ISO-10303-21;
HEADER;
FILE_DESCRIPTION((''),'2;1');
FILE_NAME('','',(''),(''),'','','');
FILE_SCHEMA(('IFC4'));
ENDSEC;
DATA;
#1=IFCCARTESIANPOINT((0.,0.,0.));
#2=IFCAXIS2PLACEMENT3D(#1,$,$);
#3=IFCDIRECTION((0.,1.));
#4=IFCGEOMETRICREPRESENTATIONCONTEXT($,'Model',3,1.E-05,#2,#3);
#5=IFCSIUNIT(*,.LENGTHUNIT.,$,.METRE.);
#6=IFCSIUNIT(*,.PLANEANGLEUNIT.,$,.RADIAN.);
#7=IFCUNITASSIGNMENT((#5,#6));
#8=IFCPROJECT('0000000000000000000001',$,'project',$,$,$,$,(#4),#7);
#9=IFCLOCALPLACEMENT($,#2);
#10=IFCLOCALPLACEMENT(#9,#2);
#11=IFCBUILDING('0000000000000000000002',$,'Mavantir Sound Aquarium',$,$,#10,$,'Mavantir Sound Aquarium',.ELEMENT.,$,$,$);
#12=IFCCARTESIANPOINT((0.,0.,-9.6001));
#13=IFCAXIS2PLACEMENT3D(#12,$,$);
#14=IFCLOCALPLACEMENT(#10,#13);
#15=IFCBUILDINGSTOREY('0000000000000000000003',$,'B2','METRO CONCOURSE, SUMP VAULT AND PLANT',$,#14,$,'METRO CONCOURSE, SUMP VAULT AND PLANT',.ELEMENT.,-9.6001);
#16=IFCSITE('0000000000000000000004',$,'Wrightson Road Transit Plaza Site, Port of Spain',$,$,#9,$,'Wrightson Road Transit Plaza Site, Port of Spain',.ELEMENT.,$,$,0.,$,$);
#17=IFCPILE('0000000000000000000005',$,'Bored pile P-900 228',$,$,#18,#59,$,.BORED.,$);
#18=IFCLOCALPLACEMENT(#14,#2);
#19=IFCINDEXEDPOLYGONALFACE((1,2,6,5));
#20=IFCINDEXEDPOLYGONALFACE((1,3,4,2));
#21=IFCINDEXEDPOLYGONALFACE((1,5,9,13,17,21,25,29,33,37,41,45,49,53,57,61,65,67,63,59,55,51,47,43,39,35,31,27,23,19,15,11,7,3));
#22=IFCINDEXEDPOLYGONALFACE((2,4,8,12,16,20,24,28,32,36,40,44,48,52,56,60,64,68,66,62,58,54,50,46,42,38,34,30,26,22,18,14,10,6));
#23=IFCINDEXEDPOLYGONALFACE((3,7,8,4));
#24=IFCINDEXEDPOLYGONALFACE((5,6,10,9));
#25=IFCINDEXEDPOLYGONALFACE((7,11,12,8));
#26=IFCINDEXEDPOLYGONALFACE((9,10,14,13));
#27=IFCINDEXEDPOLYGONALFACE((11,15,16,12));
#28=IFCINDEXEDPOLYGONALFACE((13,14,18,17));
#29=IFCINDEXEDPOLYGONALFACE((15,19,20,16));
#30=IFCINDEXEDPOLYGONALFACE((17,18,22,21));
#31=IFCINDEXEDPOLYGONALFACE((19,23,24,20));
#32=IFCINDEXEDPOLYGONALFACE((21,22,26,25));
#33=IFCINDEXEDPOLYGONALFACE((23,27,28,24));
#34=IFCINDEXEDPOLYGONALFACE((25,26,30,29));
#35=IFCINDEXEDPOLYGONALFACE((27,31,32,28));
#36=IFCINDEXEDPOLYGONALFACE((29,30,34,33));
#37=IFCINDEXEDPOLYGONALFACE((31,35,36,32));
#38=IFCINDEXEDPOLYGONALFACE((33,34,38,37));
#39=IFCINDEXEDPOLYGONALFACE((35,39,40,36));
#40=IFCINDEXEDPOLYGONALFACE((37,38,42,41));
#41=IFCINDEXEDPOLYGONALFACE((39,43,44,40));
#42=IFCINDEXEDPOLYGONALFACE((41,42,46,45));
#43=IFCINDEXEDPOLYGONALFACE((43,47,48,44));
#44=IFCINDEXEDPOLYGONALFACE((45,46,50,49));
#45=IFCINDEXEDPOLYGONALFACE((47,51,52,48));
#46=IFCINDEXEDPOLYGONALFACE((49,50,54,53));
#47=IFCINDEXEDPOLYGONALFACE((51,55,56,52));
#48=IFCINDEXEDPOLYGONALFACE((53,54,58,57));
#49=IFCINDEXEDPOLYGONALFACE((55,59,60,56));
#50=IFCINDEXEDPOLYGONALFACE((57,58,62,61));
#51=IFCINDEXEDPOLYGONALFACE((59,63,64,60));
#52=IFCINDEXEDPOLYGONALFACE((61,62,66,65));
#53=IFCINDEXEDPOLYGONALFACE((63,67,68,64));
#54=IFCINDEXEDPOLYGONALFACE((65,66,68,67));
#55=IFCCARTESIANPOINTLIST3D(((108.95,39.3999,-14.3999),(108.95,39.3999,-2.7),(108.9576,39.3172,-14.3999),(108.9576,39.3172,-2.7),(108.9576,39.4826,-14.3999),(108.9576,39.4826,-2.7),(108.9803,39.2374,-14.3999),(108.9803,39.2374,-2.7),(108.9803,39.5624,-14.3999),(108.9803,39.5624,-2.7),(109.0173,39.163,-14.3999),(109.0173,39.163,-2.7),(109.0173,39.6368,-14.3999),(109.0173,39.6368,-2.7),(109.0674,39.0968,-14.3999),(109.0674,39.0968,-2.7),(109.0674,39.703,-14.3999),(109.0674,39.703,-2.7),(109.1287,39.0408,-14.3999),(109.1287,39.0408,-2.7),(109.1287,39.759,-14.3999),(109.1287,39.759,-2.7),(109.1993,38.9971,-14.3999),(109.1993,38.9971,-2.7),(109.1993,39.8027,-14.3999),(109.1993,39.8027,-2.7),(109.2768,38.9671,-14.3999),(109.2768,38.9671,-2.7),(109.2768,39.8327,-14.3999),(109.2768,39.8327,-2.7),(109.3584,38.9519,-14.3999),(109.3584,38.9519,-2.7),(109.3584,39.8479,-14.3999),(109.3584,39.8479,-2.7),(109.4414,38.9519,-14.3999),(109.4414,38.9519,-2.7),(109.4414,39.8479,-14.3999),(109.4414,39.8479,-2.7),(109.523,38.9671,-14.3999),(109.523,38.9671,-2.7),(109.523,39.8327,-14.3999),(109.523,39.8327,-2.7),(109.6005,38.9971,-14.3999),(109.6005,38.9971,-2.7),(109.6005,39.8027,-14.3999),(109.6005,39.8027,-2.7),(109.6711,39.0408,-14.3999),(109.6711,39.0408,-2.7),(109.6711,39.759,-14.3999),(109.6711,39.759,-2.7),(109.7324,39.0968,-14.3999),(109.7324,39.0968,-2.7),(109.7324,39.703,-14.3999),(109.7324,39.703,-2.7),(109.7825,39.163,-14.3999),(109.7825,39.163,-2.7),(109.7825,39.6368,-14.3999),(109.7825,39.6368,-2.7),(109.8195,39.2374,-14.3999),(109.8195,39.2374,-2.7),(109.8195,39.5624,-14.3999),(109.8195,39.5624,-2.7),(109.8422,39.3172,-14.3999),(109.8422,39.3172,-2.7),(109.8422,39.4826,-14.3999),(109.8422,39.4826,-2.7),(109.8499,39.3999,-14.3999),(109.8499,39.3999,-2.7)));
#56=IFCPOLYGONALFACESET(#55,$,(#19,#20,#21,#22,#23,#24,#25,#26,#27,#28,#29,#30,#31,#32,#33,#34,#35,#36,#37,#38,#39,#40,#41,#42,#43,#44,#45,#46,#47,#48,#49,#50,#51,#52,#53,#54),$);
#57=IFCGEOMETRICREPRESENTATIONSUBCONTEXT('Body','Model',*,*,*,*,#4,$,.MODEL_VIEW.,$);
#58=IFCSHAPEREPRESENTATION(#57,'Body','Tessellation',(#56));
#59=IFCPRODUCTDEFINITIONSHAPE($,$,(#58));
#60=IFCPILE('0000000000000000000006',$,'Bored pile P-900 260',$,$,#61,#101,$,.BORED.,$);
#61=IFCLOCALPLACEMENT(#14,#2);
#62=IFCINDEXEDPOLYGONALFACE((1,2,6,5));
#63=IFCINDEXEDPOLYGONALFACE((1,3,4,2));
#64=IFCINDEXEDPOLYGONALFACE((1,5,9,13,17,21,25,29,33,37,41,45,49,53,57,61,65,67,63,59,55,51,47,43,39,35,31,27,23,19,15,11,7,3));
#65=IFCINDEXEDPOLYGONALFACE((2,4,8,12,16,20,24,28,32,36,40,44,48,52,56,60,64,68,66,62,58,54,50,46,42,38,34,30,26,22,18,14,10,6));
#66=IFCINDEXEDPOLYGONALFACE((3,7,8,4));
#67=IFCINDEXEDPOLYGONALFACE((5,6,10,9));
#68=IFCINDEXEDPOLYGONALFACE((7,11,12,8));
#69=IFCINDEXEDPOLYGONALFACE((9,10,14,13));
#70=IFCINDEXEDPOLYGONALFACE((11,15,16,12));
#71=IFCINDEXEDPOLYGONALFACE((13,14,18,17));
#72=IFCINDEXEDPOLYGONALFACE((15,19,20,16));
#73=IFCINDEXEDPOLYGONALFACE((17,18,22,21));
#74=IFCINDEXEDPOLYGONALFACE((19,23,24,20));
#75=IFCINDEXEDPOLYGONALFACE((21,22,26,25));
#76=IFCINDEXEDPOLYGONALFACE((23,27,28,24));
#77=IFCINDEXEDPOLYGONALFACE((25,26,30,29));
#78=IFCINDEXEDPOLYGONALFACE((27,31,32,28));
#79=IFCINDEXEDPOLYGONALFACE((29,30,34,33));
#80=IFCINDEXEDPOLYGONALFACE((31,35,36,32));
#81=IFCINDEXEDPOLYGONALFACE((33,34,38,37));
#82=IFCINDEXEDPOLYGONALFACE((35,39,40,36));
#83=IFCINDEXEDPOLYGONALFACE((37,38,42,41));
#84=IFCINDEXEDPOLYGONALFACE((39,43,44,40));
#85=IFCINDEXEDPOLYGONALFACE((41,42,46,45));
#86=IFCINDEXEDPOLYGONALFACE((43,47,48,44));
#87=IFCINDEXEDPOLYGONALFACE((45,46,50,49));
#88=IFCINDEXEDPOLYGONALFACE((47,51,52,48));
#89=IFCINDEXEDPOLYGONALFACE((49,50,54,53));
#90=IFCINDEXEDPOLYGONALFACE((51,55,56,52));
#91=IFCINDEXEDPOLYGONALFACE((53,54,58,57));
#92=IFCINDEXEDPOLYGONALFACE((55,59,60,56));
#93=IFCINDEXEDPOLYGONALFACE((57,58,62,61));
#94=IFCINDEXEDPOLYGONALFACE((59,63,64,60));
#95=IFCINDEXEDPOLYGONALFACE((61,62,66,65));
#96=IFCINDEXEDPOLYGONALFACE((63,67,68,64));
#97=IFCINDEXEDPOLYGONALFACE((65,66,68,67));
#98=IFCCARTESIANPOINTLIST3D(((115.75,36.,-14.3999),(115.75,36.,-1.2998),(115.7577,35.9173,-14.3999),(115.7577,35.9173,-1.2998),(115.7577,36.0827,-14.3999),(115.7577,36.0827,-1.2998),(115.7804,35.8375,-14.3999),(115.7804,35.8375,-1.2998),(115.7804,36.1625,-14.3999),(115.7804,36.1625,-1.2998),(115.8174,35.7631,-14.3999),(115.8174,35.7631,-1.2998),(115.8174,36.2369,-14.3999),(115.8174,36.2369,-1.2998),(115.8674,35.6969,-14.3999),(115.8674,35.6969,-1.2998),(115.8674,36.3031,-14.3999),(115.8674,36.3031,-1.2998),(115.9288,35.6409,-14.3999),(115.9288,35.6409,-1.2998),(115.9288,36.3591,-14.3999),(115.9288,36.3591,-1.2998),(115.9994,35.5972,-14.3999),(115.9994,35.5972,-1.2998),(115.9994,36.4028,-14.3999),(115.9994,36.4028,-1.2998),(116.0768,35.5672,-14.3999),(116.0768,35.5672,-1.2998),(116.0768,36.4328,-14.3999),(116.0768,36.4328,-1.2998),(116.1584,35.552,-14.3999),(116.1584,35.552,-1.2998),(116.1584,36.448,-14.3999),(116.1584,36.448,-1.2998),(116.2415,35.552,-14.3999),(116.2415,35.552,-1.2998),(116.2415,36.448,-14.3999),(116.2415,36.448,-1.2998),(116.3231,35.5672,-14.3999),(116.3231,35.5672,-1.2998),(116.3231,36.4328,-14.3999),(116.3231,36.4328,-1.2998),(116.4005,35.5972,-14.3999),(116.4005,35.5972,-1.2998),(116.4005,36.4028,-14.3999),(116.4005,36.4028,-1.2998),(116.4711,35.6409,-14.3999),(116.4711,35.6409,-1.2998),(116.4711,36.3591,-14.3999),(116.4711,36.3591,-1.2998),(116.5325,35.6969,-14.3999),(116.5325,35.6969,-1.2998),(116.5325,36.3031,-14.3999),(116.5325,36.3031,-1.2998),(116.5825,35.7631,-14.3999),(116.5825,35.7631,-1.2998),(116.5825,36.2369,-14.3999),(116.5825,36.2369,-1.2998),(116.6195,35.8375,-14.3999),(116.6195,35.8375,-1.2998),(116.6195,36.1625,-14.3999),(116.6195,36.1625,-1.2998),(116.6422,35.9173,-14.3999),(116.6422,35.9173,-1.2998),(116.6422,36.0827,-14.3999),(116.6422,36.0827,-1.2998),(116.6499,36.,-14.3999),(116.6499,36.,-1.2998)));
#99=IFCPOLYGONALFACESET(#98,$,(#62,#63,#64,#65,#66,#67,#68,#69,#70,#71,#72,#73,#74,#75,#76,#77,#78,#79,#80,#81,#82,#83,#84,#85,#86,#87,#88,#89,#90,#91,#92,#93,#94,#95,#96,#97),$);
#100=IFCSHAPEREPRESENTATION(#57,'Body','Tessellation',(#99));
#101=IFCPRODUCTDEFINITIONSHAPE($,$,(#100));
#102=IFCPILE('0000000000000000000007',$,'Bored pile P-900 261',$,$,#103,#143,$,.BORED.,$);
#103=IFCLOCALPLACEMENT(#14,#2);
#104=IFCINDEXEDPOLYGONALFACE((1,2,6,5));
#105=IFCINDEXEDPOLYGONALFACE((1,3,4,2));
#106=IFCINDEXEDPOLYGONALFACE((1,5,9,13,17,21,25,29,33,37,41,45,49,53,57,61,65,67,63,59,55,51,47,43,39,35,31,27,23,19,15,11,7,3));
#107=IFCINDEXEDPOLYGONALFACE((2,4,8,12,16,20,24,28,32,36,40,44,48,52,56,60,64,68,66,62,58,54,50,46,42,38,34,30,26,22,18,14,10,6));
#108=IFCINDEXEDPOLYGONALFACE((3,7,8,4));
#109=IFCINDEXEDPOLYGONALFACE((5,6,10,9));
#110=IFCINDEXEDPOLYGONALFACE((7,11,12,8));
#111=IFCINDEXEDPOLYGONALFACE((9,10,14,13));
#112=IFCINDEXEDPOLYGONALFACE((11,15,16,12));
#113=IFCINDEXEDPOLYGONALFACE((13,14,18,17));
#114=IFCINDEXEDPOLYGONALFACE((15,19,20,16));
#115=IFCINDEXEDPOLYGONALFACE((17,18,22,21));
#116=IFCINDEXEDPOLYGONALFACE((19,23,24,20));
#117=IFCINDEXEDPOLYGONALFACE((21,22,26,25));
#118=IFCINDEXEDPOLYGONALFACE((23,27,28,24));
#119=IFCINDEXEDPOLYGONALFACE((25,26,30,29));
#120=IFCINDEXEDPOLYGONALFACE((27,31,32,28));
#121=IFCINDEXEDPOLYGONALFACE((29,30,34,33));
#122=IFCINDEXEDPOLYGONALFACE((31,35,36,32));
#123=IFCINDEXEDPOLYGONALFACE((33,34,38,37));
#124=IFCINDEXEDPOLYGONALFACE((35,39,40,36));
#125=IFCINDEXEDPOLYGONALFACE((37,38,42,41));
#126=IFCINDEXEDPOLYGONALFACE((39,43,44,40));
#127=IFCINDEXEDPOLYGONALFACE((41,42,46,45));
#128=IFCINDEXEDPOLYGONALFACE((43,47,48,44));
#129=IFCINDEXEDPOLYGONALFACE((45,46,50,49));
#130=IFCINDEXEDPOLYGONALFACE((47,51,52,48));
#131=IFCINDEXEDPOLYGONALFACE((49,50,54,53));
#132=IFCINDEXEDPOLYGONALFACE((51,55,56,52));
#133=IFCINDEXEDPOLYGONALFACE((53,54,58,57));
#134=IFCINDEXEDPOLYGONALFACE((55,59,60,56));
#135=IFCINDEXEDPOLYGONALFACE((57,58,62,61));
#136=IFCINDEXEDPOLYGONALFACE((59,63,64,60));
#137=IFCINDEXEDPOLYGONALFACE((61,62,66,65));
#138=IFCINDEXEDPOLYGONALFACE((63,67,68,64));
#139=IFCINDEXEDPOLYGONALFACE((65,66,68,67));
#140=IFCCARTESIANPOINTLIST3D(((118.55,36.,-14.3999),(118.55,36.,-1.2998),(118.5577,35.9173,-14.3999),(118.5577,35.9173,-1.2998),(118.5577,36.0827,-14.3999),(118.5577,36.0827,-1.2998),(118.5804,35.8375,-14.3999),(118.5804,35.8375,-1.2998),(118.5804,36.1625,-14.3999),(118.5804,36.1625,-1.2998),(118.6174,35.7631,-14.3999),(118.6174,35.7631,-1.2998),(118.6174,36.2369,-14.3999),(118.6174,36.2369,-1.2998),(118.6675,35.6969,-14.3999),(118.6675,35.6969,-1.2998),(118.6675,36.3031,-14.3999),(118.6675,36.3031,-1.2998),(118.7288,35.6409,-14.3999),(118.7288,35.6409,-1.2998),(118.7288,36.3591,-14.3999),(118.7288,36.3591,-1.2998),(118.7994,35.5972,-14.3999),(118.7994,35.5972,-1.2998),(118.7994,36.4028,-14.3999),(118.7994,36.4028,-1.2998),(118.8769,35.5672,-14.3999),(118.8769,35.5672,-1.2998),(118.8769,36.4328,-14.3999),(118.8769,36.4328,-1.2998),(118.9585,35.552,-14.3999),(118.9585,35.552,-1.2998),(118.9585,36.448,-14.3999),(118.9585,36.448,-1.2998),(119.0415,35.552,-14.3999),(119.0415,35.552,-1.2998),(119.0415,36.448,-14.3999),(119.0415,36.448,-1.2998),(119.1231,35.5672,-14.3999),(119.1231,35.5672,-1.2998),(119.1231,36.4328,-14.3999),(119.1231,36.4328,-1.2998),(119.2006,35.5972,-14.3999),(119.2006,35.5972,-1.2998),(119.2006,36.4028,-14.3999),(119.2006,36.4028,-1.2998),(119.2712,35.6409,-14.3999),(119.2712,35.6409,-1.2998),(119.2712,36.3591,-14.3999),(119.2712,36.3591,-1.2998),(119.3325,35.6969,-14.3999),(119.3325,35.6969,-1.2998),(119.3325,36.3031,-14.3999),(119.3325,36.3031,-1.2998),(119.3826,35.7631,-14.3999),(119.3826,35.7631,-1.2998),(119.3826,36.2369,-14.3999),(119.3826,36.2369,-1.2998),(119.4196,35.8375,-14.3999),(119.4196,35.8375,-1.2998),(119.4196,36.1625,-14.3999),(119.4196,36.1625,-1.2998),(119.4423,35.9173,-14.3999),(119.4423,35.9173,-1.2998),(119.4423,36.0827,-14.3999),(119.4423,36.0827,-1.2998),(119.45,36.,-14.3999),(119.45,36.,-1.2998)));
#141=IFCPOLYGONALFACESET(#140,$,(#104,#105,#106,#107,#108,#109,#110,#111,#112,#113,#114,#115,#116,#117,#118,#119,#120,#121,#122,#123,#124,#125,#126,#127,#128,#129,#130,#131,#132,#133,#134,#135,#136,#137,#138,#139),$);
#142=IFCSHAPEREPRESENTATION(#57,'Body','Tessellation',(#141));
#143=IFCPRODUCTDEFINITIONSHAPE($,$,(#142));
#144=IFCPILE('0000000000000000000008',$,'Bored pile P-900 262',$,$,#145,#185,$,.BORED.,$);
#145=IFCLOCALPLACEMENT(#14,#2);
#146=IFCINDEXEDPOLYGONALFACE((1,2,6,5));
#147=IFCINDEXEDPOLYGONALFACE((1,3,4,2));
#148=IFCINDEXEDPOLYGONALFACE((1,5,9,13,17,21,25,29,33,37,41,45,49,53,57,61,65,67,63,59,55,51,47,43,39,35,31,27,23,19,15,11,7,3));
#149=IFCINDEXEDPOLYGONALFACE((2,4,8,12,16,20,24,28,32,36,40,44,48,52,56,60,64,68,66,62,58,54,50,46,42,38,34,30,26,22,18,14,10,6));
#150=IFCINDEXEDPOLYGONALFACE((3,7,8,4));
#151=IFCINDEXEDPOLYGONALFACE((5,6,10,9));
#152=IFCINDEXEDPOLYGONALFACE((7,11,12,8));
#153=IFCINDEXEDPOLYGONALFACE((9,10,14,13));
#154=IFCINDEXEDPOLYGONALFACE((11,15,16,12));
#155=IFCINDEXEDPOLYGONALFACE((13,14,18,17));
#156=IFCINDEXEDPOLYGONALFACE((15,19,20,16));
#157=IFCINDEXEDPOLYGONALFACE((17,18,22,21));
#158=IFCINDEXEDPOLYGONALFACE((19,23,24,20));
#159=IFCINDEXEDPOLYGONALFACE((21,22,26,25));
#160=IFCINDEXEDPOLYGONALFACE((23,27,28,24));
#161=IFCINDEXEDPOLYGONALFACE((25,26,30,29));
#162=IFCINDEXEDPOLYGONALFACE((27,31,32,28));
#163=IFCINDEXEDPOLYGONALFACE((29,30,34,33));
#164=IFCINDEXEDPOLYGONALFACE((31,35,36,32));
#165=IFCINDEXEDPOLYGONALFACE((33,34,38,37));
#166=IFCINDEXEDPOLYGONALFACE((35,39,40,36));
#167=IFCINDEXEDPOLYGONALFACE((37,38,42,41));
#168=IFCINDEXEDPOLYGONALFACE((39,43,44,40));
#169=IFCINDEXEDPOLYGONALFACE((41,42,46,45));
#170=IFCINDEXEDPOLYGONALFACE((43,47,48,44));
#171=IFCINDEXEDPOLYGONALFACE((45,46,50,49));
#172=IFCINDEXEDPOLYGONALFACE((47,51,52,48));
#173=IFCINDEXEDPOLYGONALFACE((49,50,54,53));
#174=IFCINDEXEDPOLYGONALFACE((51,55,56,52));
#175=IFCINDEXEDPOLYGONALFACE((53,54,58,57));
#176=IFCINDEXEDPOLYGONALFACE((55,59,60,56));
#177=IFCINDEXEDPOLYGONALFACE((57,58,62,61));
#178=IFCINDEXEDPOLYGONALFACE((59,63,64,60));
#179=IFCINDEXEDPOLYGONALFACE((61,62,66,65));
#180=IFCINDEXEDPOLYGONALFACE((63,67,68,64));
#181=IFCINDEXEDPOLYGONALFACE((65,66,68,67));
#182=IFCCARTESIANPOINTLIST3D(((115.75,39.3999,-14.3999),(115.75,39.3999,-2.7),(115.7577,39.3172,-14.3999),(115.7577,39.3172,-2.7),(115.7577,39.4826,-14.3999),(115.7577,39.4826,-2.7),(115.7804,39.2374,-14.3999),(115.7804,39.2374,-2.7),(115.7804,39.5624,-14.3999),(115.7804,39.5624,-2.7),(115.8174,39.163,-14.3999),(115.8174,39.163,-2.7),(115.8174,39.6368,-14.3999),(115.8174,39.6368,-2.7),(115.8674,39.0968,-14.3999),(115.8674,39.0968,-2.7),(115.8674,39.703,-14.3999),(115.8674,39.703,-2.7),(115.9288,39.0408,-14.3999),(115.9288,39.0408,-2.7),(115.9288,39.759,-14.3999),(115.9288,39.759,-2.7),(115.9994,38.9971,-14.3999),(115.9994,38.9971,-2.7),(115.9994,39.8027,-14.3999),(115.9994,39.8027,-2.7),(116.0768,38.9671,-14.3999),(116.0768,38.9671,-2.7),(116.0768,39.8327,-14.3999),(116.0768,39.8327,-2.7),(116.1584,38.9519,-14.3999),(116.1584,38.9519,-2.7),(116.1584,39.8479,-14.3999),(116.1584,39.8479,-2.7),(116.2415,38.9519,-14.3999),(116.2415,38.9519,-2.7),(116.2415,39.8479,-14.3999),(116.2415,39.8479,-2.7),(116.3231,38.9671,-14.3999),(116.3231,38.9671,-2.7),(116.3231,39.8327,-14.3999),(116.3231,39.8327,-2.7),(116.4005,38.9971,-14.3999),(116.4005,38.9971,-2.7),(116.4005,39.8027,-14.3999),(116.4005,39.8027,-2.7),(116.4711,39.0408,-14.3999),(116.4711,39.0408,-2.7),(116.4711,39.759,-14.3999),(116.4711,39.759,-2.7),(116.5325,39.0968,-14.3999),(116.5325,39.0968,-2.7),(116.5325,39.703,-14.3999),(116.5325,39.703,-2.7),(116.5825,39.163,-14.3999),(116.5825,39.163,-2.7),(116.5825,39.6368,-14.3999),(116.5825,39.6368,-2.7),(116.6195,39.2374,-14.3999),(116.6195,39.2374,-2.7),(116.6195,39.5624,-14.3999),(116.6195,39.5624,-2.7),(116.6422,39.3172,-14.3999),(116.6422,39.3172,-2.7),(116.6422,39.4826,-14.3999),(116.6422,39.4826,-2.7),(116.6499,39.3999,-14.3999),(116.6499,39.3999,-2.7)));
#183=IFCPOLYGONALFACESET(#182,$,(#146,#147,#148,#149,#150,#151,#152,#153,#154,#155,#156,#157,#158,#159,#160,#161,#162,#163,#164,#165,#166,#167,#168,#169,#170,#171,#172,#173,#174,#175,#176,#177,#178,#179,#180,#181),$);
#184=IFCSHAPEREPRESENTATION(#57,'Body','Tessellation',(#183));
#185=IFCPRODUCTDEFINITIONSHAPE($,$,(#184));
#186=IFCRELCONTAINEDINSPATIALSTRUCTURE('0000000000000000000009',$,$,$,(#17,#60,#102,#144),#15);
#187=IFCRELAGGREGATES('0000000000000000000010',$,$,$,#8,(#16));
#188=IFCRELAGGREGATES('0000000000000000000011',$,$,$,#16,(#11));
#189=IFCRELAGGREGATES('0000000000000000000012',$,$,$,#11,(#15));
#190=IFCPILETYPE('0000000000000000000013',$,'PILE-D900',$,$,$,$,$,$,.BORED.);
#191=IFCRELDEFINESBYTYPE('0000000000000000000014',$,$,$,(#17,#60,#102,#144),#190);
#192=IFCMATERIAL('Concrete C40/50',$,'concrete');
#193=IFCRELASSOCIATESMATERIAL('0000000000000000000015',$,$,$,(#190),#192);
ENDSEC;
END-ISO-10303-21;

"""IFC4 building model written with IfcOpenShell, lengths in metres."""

from ifc_helpers import new_model, si_unit, direction, frame, origin, origin_2d, place, context, subcontext, project, spatial, circle, extrude, material, material_profile, profile_set, type_object, element, save


model = new_model("IFC4")

# Units and contexts
model_context = context("Model", 3, precision=1e-05, world=origin(), true_north=direction((0.0, 1.0)))
body_context = subcontext(model_context, "Body", "Model", "MODEL_VIEW")
ifc_project = project(units=[si_unit("LENGTHUNIT", "METRE"), si_unit("PLANEANGLEUNIT", "RADIAN")], contexts=[model_context])

# Site, building, storey
site_placement = place(None, origin())
site = spatial("IfcSite", under=ifc_project, at=site_placement, Name="Wrightson Road Transit Plaza Site, Port of Spain", LongName="Wrightson Road Transit Plaza Site, Port of Spain", CompositionType="ELEMENT", RefElevation=0.0)
building_placement = place(site_placement, origin())
building = spatial("IfcBuilding", under=site, at=building_placement, Name="Mavantir Sound Aquarium", LongName="Mavantir Sound Aquarium", CompositionType="ELEMENT")
storey_placement = place(building_placement, frame((0.0, 0.0, -9.6001)))
storey = spatial("IfcBuildingStorey", under=building, at=storey_placement, Name="B2", Description="METRO CONCOURSE, SUMP VAULT AND PLANT", LongName="METRO CONCOURSE, SUMP VAULT AND PLANT", CompositionType="ELEMENT", Elevation=-9.6001)

# Shared definitions
ifc_material_1 = material(Name="Concrete C40/50", Category="concrete")

# Piles
ifc_material_profile_1 = material_profile(ifc_material_1, circle(Radius=0.45, at=origin_2d()), Name="PILE D900")
ifc_profile_set_1 = profile_set([ifc_material_profile_1], Name="Concrete C40/50")
pile_type = type_object("IfcPileType", Name="PILE-D900", PredefinedType="BORED", material=ifc_profile_set_1)
pile_1_placement = place(storey_placement, frame((109.3999, 39.3999, -2.7), z_axis=(0.0, 0.0, -1.0), x_axis=(1.0, 0.0, 0.0)))
element("IfcPile", 1, at=pile_1_placement, inside=storey, type_object=pile_type, Name="Bored pile P-900 228", PredefinedType="BORED", context=body_context, shape_type="SweptSolid", body=[
    extrude(circle(Radius=0.45, at=origin_2d()), origin(), (0.0, 0.0, 1.0), 11.7),
])
for number, where, z_axis, x_axis, name in (
    (2, (116.2, 36.0, -1.2998), (0.0, 0.0, -1.0), (1.0, 0.0, 0.0), "Bored pile P-900 260"),
    (3, (119.0, 36.0, -1.2998), (0.0, 0.0, -1.0), (1.0, 0.0, 0.0), "Bored pile P-900 261"),
):
    element("IfcPile", number, at=place(storey_placement, frame(where, z_axis=z_axis, x_axis=x_axis)), inside=storey, type_object=pile_type, Name=name, PredefinedType="BORED", context=body_context, shape_type="SweptSolid", body=[
        extrude(circle(Radius=0.45, at=origin_2d()), origin(), (0.0, 0.0, 1.0), 13.1001),
    ])
for number, where, z_axis, x_axis, name in (
    (4, (116.2, 39.3999, -2.7), (0.0, 0.0, -1.0), (1.0, 0.0, 0.0), "Bored pile P-900 262"),
):
    element("IfcPile", number, at=place(storey_placement, frame(where, z_axis=z_axis, x_axis=x_axis)), inside=storey, type_object=pile_type, Name=name, PredefinedType="BORED", context=body_context, shape_type="SweptSolid", body=[
        extrude(circle(Radius=0.45, at=origin_2d()), origin(), (0.0, 0.0, 1.0), 11.7),
    ])

save(model, "model.ifc")
